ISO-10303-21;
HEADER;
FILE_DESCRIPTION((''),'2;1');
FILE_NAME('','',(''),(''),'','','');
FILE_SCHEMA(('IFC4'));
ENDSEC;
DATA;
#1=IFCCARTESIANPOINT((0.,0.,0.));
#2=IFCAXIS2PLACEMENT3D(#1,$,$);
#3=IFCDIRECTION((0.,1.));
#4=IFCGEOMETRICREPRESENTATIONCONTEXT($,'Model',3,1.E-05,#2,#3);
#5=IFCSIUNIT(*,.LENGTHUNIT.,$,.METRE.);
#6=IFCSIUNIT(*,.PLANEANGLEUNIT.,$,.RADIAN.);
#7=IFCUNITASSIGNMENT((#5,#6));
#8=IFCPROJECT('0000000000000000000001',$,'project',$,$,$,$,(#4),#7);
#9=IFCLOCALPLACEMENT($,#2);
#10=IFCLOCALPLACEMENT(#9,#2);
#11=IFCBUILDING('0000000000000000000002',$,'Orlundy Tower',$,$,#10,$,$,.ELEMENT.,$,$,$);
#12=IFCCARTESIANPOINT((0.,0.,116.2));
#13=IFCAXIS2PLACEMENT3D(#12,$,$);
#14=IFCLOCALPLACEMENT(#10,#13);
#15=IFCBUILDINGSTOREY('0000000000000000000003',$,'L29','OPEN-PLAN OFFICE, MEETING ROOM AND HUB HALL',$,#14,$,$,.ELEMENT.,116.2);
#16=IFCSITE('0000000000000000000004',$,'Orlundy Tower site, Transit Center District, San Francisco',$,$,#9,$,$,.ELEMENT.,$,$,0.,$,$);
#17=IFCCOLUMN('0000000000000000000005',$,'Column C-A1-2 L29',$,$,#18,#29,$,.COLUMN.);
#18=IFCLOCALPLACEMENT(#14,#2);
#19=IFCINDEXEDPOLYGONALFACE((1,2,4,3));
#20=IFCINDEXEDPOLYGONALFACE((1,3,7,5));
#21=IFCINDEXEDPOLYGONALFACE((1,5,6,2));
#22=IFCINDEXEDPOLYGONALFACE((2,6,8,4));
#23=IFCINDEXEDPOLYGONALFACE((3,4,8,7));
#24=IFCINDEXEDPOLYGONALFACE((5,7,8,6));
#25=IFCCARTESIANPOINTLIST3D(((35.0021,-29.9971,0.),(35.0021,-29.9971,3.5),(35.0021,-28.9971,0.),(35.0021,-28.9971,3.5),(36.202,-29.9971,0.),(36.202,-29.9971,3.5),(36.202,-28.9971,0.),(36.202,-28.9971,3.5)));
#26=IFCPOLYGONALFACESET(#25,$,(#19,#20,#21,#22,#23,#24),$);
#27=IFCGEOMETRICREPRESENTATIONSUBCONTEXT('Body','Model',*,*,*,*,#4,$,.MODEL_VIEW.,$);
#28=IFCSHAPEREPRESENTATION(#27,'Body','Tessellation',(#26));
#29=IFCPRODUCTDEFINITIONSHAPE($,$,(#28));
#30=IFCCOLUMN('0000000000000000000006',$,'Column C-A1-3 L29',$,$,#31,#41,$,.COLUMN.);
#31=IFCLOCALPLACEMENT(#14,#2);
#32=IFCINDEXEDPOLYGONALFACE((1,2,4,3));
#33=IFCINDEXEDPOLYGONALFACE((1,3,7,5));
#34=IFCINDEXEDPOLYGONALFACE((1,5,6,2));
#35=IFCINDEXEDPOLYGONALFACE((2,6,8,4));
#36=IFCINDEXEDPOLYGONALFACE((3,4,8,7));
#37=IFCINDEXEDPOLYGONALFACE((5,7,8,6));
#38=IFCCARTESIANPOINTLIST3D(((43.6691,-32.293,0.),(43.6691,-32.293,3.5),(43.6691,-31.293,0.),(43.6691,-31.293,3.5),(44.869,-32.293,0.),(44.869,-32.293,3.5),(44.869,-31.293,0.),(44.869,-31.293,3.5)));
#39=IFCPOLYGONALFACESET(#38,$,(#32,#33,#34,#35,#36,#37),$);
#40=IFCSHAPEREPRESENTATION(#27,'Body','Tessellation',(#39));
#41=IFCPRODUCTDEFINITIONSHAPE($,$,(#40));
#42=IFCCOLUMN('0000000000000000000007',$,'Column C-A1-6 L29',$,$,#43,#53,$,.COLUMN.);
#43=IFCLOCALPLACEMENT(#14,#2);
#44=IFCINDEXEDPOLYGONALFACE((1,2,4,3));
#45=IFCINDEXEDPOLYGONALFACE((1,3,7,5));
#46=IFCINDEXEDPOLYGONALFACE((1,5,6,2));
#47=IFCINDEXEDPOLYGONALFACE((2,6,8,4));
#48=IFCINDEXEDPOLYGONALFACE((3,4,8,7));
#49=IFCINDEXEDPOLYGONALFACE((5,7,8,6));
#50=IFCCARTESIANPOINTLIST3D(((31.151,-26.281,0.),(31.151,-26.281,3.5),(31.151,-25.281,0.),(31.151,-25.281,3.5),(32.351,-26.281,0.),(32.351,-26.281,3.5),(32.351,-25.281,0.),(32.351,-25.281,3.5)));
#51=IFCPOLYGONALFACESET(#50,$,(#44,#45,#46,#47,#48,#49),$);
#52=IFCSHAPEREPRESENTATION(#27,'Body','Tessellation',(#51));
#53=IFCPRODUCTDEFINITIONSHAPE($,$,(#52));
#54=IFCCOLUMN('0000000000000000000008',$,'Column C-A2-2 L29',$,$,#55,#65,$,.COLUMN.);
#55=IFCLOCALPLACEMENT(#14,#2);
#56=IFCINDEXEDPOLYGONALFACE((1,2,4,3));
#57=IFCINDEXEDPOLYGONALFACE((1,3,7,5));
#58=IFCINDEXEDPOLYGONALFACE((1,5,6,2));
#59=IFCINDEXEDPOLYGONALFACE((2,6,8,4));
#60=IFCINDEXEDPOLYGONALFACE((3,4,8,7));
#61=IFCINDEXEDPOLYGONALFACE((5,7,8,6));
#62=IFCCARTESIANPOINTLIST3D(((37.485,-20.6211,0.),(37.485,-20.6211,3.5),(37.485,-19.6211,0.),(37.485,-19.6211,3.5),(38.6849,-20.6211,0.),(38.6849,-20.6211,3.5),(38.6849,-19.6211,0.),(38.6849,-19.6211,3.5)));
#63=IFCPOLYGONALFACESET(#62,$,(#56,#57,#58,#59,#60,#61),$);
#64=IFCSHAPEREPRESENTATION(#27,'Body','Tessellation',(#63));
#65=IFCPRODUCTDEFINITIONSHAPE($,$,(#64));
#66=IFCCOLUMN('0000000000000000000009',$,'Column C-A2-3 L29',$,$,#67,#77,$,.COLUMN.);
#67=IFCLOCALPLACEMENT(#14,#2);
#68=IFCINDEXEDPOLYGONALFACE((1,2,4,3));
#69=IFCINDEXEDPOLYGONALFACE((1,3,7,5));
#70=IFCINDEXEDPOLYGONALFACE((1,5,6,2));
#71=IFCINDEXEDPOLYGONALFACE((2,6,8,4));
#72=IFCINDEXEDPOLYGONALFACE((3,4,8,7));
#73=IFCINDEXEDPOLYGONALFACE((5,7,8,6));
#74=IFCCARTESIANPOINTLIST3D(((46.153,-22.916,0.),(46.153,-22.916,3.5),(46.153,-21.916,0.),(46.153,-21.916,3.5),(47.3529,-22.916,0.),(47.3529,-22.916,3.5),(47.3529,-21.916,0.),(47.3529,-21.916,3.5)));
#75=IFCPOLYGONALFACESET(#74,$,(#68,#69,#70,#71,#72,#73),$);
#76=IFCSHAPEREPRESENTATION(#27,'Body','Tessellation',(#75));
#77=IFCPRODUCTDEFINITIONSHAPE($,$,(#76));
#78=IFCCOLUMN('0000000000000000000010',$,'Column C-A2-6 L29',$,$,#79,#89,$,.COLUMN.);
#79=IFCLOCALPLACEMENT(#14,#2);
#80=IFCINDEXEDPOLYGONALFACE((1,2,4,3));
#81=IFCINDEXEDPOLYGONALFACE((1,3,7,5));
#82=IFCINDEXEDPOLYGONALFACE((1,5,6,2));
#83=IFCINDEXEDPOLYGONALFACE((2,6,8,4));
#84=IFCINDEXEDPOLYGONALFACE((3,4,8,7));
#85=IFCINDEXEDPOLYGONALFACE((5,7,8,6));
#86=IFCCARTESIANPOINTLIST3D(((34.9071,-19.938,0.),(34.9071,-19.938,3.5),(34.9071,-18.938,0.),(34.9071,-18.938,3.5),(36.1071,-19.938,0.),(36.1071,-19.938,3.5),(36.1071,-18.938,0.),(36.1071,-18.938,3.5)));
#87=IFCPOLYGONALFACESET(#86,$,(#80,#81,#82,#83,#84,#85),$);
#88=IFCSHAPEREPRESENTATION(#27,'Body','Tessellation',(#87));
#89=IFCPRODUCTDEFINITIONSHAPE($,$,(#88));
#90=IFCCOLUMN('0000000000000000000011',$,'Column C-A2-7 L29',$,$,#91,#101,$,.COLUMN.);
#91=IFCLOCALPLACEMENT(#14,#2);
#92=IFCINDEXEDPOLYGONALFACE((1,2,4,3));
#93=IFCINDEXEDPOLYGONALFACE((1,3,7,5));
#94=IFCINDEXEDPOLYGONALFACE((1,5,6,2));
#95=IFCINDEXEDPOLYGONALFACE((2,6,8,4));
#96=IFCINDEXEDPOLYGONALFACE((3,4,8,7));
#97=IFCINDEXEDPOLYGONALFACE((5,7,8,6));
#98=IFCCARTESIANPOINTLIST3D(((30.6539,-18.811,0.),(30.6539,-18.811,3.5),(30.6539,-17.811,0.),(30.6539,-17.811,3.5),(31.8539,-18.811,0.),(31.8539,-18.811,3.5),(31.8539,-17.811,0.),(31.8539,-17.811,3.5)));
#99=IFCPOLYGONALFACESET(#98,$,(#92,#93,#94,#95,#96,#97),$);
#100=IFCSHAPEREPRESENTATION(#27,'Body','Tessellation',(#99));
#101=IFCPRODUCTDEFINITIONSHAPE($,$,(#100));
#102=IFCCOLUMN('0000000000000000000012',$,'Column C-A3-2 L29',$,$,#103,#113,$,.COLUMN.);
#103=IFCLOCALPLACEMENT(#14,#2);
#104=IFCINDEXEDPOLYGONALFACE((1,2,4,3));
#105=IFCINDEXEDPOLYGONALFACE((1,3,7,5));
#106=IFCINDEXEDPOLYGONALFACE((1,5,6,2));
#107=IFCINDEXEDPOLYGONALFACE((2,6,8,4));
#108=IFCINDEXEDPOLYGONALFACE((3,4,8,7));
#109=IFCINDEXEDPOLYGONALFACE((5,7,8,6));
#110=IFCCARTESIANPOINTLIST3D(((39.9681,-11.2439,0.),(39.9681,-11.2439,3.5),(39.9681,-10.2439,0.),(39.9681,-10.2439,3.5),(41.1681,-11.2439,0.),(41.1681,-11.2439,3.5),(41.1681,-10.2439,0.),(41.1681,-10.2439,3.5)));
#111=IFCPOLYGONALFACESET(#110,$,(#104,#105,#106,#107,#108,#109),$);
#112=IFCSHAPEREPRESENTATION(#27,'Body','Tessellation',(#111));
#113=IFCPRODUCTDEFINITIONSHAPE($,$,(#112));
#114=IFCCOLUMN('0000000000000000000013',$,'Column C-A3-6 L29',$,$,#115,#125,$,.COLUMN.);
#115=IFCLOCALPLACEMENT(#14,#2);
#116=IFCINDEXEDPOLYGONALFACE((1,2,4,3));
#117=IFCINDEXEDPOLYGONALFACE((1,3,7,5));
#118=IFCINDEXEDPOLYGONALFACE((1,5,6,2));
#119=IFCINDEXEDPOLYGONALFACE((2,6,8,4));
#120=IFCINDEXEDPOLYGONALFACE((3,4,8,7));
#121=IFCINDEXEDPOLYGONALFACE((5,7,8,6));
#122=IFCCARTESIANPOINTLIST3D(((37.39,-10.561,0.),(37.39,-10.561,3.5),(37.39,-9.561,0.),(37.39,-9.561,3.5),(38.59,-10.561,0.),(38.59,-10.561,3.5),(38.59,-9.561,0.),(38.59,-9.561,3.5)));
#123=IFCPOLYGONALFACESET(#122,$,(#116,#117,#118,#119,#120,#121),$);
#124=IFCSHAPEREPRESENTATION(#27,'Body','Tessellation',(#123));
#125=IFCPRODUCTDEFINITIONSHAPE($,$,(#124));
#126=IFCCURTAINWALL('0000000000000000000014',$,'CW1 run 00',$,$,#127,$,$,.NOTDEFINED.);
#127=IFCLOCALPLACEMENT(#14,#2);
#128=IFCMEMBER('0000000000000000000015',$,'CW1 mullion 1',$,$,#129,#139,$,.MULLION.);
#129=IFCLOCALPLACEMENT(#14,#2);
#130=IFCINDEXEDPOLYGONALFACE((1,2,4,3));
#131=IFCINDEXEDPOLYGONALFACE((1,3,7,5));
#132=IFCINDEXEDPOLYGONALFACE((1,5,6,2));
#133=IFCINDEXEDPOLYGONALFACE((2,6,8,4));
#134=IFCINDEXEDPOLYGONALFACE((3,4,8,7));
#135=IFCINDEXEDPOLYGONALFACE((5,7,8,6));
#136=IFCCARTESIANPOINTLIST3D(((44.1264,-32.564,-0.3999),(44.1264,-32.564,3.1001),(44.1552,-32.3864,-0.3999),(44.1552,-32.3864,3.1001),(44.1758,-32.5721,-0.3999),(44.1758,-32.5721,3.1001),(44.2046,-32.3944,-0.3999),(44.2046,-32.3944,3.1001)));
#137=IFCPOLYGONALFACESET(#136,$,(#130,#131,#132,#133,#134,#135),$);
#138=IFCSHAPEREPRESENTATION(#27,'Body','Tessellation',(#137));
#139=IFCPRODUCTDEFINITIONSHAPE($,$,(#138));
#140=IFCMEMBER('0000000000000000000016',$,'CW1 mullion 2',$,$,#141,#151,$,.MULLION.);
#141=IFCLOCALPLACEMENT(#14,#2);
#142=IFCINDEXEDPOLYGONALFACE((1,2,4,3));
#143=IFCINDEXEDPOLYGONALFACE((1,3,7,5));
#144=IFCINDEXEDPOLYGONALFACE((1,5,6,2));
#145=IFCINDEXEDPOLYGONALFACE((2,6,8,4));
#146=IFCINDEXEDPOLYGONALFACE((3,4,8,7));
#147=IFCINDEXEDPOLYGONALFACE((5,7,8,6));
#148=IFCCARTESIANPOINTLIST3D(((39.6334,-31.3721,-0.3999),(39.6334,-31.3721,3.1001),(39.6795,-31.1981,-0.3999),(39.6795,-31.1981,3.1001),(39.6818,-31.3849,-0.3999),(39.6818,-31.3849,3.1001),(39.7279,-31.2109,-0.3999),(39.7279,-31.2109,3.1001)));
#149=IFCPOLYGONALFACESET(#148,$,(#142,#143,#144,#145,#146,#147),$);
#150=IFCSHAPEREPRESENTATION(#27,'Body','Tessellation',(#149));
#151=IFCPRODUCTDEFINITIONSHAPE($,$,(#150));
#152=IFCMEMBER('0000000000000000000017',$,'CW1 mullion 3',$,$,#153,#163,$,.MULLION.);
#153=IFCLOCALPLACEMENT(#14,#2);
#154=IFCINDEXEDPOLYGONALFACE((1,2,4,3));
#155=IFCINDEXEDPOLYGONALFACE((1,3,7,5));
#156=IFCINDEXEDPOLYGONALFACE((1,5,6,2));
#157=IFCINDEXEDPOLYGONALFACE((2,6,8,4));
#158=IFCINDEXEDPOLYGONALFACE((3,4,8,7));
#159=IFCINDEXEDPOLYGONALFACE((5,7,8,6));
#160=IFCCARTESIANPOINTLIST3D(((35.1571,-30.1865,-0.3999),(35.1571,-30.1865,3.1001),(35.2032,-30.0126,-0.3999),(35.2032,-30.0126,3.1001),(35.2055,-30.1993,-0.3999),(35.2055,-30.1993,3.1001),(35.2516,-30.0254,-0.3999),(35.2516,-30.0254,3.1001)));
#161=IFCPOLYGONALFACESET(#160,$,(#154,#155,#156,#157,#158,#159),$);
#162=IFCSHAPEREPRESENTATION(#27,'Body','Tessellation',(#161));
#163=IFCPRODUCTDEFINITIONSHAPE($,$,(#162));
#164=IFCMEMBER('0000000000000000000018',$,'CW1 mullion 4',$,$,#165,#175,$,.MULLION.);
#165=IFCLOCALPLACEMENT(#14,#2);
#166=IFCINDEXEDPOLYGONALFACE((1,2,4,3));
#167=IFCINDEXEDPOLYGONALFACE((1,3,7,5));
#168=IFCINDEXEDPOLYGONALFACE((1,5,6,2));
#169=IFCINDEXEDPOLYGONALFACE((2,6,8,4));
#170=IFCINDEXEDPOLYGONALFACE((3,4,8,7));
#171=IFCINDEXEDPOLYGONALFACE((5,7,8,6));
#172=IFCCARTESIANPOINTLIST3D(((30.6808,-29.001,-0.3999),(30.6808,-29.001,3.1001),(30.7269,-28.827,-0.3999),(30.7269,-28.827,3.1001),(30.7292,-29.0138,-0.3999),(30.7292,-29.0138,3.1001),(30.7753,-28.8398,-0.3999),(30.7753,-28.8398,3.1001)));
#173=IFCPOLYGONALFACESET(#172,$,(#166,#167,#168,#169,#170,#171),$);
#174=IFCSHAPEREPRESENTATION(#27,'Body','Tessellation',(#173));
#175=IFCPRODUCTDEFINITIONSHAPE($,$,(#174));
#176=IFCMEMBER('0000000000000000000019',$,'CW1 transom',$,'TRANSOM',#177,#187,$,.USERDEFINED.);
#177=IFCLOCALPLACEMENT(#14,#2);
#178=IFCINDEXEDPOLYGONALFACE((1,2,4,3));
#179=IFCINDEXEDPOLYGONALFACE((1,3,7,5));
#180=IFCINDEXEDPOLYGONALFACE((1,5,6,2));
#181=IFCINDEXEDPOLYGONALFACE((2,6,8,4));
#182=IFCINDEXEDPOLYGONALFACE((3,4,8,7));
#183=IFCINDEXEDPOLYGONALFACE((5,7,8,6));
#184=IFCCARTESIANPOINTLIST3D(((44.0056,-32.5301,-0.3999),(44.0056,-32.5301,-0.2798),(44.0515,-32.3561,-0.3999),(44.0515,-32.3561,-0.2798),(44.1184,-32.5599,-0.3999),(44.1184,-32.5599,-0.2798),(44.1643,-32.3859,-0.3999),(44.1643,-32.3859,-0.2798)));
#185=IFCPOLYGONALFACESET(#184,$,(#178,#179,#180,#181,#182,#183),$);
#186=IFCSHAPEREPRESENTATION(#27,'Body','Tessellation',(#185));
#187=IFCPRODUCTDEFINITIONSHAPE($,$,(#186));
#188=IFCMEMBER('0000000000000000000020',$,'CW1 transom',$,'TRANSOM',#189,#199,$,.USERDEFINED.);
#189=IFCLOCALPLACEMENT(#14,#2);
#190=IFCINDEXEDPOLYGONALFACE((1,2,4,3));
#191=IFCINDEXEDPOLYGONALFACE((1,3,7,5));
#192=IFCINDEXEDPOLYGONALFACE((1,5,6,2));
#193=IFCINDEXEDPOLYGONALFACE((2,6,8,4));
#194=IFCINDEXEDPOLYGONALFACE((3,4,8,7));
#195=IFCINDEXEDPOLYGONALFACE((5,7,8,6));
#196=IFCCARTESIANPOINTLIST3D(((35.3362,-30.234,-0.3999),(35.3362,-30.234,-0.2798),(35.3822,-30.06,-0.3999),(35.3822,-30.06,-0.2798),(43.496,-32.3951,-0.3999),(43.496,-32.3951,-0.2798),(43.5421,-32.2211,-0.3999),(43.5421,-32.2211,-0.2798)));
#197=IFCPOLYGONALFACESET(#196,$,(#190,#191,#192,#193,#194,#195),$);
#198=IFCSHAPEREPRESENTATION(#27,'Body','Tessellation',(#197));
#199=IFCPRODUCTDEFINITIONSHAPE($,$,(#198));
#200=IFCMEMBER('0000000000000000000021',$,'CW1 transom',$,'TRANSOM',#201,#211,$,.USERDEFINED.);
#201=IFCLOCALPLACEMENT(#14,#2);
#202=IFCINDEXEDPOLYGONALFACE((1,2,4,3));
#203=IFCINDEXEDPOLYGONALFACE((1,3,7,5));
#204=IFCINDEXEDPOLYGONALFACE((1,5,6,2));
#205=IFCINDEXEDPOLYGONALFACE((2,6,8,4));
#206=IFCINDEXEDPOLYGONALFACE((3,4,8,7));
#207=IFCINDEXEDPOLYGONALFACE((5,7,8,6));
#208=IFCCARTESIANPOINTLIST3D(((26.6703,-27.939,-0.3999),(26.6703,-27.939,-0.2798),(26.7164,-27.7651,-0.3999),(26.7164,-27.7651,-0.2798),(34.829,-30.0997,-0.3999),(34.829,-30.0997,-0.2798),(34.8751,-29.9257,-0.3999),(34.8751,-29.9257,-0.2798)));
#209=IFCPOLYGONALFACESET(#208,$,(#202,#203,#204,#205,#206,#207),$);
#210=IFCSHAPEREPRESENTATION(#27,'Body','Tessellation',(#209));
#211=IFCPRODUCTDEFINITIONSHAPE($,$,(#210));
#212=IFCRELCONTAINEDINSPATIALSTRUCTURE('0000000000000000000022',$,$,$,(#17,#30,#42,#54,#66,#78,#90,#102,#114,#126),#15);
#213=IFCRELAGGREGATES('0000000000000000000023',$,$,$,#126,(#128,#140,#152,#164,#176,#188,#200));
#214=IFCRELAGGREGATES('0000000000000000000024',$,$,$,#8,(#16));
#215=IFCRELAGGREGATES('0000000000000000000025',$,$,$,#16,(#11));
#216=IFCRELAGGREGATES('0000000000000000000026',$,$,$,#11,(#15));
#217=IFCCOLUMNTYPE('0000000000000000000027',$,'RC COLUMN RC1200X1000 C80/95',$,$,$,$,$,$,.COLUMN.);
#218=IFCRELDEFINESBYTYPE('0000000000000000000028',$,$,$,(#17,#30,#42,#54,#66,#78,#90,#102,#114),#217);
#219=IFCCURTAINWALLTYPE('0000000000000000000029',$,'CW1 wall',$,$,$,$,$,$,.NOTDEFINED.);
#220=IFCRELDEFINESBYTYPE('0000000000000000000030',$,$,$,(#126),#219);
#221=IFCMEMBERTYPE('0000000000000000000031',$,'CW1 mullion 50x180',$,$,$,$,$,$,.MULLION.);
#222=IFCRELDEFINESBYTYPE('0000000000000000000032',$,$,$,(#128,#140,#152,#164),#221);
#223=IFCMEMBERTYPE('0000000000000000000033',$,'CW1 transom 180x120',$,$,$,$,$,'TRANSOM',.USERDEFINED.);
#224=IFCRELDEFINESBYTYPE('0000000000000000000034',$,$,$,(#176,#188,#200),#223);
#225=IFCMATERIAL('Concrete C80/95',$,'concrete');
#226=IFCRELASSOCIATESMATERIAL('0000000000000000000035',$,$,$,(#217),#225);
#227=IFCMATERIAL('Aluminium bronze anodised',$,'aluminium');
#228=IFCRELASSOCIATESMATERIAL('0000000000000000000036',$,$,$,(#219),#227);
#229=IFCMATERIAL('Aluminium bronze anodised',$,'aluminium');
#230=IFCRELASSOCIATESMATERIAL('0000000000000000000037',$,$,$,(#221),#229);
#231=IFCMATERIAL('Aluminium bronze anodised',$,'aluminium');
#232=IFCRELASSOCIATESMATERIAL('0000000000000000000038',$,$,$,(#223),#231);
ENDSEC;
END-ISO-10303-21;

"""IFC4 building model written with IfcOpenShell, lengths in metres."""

from ifc_helpers import new_model, si_unit, direction, frame, origin, origin_2d, place, context, subcontext, project, spatial, rectangle, extrude, material, material_profile, profile_set, type_object, element, aggregate, save


model = new_model("IFC4")

# Units and contexts
model_context = context("Model", 3, precision=1e-05, world=origin(), true_north=direction((0.0, 1.0)))
body_context = subcontext(model_context, "Body", "Model", "MODEL_VIEW")
ifc_project = project(units=[si_unit("LENGTHUNIT", "METRE"), si_unit("PLANEANGLEUNIT", "RADIAN")], contexts=[model_context])

# Site, building, storey
site_placement = place(None, origin())
site = spatial("IfcSite", under=ifc_project, at=site_placement, Name="Orlundy Tower site, Transit Center District, San Francisco", CompositionType="ELEMENT", RefElevation=0.0)
building_placement = place(site_placement, origin())
building = spatial("IfcBuilding", under=site, at=building_placement, Name="Orlundy Tower", CompositionType="ELEMENT")
storey_placement = place(building_placement, frame((0.0, 0.0, 116.2)))
storey = spatial("IfcBuildingStorey", under=building, at=storey_placement, Name="L29", Description="OPEN-PLAN OFFICE, MEETING ROOM AND HUB HALL", CompositionType="ELEMENT", Elevation=116.2)

# Columns
ifc_material_1 = material(Name="Concrete C80/95", Category="concrete")
ifc_material_profile_1 = material_profile(ifc_material_1, rectangle(XDim=1.2, YDim=1.0, at=origin_2d()), Name="RC1200X1000")
ifc_profile_set_1 = profile_set([ifc_material_profile_1], Name="Concrete C80/95")
column_type = type_object("IfcColumnType", Name="RC COLUMN RC1200X1000 C80/95", PredefinedType="COLUMN", material=ifc_profile_set_1)
for number, where, z_axis, x_axis, name in (
    (1, (35.6021, -29.4971, 0.0), (0.0, 0.0, 1.0), (1.0, 0.0, 0.0), "Column C-A1-2 L29"),
    (2, (44.269, -31.793, 0.0), (0.0, 0.0, 1.0), (1.0, 0.0, 0.0), "Column C-A1-3 L29"),
    (3, (31.751, -25.781, 0.0), (0.0, 0.0, 1.0), (1.0, 0.0, 0.0), "Column C-A1-6 L29"),
    (4, (38.085, -20.1211, 0.0), (0.0, 0.0, 1.0), (1.0, 0.0, 0.0), "Column C-A2-2 L29"),
    (5, (46.7529, -22.416, 0.0), (0.0, 0.0, 1.0), (1.0, 0.0, 0.0), "Column C-A2-3 L29"),
    (6, (35.5071, -19.438, 0.0), (0.0, 0.0, 1.0), (1.0, 0.0, 0.0), "Column C-A2-6 L29"),
    (7, (31.2539, -18.311, 0.0), (0.0, 0.0, 1.0), (1.0, 0.0, 0.0), "Column C-A2-7 L29"),
    (8, (40.5681, -10.7439, 0.0), (0.0, 0.0, 1.0), (1.0, 0.0, 0.0), "Column C-A3-2 L29"),
    (9, (37.99, -10.061, 0.0), (0.0, 0.0, 1.0), (1.0, 0.0, 0.0), "Column C-A3-6 L29"),
):
    element("IfcColumn", number, at=place(storey_placement, frame(where, z_axis=z_axis, x_axis=x_axis)), inside=storey, type_object=column_type, Name=name, PredefinedType="COLUMN", context=body_context, shape_type="SweptSolid", body=[
        extrude(rectangle(XDim=1.2, YDim=1.0, at=origin_2d()), origin(), (0.0, 0.0, 1.0), 3.5),
    ])

# Curtain wall, members
ifc_material_2 = material(Name="Aluminium bronze anodised", Category="aluminium")
curtain_wall_type = type_object("IfcCurtainWallType", Name="CW1 wall", PredefinedType="NOTDEFINED", material=ifc_material_2)
curtain_wall_1_placement = place(storey_placement, origin())
curtain_wall_1 = element("IfcCurtainWall", 10, at=curtain_wall_1_placement, inside=storey, type_object=curtain_wall_type, Name="CW1 run 00", PredefinedType="NOTDEFINED")
ifc_material_3 = material(Name="Aluminium bronze anodised", Category="aluminium")
ifc_material_profile_2 = material_profile(ifc_material_3, rectangle(XDim=0.1799, YDim=0.05, at=origin_2d()), Name="CW1 mullion 50x180")
ifc_profile_set_2 = profile_set([ifc_material_profile_2], Name="Aluminium bronze anodised")
member_type_1 = type_object("IfcMemberType", Name="CW1 mullion 50x180", PredefinedType="MULLION", material=ifc_profile_set_2)
member_1_placement = place(storey_placement, frame((44.1655, -32.4792, -0.3999), z_axis=(0.0, 0.0, 1.0), x_axis=(-0.160066, -0.987106, 0.0)))
member_1 = element("IfcMember", 11, at=member_1_placement, type_object=member_type_1, Name="CW1 mullion 1", PredefinedType="MULLION", context=body_context, shape_type="SweptSolid", body=[
    extrude(rectangle(XDim=0.1799, YDim=0.05, at=origin_2d()), origin(), (0.0, 0.0, 1.0), 3.5),
])
member_2_placement = place(storey_placement, frame((39.6807, -31.2915, -0.3999), z_axis=(0.0, 0.0, 1.0), x_axis=(-0.256011, -0.966674, 0.0)))
member_2 = element("IfcMember", 12, at=member_2_placement, type_object=member_type_1, Name="CW1 mullion 2", PredefinedType="MULLION", context=body_context, shape_type="SweptSolid", body=[
    extrude(rectangle(XDim=0.1799, YDim=0.05, at=origin_2d()), origin(), (0.0, 0.0, 1.0), 3.5),
])
member_3_placement = place(storey_placement, frame((35.2043, -30.106, -0.3999), z_axis=(0.0, 0.0, 1.0), x_axis=(-0.256011, -0.966674, 0.0)))
member_3 = element("IfcMember", 13, at=member_3_placement, type_object=member_type_1, Name="CW1 mullion 3", PredefinedType="MULLION", context=body_context, shape_type="SweptSolid", body=[
    extrude(rectangle(XDim=0.1799, YDim=0.05, at=origin_2d()), origin(), (0.0, 0.0, 1.0), 3.5),
])
member_4_placement = place(storey_placement, frame((30.728, -28.9204, -0.3999), z_axis=(0.0, 0.0, 1.0), x_axis=(-0.256011, -0.966674, 0.0)))
member_4 = element("IfcMember", 14, at=member_4_placement, type_object=member_type_1, Name="CW1 mullion 4", PredefinedType="MULLION", context=body_context, shape_type="SweptSolid", body=[
    extrude(rectangle(XDim=0.1799, YDim=0.05, at=origin_2d()), origin(), (0.0, 0.0, 1.0), 3.5),
])
ifc_material_4 = material(Name="Aluminium bronze anodised", Category="aluminium")
ifc_material_profile_3 = material_profile(ifc_material_4, rectangle(XDim=0.1799, YDim=0.1201, at=origin_2d()), Name="CW1 transom 180x120")
ifc_profile_set_3 = profile_set([ifc_material_profile_3], Name="Aluminium bronze anodised")
member_type_2 = type_object("IfcMemberType", Name="CW1 transom 180x120", ElementType="TRANSOM", PredefinedType="USERDEFINED", material=ifc_profile_set_3)
member_5_placement = place(storey_placement, frame((44.1414, -32.4729, -0.3398), z_axis=(-0.966857, 0.255317, 0.0), x_axis=(-0.255317, -0.966857, 0.0)))
member_5 = element("IfcMember", 15, at=member_5_placement, type_object=member_type_2, Name="CW1 transom", ObjectType="TRANSOM", PredefinedType="USERDEFINED", context=body_context, shape_type="SweptSolid", body=[
    extrude(rectangle(XDim=0.1799, YDim=0.1201, at=origin_2d()), origin(), (0.0, 0.0, 1.0), 0.1167),
])
member_6_placement = place(storey_placement, frame((43.519, -32.3081, -0.3398), z_axis=(-0.966671, 0.256021, 0.0), x_axis=(-0.256021, -0.966671, 0.0)))
member_6 = element("IfcMember", 16, at=member_6_placement, type_object=member_type_2, Name="CW1 transom", ObjectType="TRANSOM", PredefinedType="USERDEFINED", context=body_context, shape_type="SweptSolid", body=[
    extrude(rectangle(XDim=0.1799, YDim=0.1201, at=origin_2d()), origin(), (0.0, 0.0, 1.0), 8.4412),
])
member_7_placement = place(storey_placement, frame((34.8521, -30.0127, -0.3398), z_axis=(-0.966676, 0.256002, 0.0), x_axis=(-0.256002, -0.966676, 0.0)))
member_7 = element("IfcMember", 17, at=member_7_placement, type_object=member_type_2, Name="CW1 transom", ObjectType="TRANSOM", PredefinedType="USERDEFINED", context=body_context, shape_type="SweptSolid", body=[
    extrude(rectangle(XDim=0.1799, YDim=0.1201, at=origin_2d()), origin(), (0.0, 0.0, 1.0), 8.4399),
])

aggregate(curtain_wall_1, [member_1, member_2, member_3, member_4, member_5, member_6, member_7])

save(model, "model.ifc")
